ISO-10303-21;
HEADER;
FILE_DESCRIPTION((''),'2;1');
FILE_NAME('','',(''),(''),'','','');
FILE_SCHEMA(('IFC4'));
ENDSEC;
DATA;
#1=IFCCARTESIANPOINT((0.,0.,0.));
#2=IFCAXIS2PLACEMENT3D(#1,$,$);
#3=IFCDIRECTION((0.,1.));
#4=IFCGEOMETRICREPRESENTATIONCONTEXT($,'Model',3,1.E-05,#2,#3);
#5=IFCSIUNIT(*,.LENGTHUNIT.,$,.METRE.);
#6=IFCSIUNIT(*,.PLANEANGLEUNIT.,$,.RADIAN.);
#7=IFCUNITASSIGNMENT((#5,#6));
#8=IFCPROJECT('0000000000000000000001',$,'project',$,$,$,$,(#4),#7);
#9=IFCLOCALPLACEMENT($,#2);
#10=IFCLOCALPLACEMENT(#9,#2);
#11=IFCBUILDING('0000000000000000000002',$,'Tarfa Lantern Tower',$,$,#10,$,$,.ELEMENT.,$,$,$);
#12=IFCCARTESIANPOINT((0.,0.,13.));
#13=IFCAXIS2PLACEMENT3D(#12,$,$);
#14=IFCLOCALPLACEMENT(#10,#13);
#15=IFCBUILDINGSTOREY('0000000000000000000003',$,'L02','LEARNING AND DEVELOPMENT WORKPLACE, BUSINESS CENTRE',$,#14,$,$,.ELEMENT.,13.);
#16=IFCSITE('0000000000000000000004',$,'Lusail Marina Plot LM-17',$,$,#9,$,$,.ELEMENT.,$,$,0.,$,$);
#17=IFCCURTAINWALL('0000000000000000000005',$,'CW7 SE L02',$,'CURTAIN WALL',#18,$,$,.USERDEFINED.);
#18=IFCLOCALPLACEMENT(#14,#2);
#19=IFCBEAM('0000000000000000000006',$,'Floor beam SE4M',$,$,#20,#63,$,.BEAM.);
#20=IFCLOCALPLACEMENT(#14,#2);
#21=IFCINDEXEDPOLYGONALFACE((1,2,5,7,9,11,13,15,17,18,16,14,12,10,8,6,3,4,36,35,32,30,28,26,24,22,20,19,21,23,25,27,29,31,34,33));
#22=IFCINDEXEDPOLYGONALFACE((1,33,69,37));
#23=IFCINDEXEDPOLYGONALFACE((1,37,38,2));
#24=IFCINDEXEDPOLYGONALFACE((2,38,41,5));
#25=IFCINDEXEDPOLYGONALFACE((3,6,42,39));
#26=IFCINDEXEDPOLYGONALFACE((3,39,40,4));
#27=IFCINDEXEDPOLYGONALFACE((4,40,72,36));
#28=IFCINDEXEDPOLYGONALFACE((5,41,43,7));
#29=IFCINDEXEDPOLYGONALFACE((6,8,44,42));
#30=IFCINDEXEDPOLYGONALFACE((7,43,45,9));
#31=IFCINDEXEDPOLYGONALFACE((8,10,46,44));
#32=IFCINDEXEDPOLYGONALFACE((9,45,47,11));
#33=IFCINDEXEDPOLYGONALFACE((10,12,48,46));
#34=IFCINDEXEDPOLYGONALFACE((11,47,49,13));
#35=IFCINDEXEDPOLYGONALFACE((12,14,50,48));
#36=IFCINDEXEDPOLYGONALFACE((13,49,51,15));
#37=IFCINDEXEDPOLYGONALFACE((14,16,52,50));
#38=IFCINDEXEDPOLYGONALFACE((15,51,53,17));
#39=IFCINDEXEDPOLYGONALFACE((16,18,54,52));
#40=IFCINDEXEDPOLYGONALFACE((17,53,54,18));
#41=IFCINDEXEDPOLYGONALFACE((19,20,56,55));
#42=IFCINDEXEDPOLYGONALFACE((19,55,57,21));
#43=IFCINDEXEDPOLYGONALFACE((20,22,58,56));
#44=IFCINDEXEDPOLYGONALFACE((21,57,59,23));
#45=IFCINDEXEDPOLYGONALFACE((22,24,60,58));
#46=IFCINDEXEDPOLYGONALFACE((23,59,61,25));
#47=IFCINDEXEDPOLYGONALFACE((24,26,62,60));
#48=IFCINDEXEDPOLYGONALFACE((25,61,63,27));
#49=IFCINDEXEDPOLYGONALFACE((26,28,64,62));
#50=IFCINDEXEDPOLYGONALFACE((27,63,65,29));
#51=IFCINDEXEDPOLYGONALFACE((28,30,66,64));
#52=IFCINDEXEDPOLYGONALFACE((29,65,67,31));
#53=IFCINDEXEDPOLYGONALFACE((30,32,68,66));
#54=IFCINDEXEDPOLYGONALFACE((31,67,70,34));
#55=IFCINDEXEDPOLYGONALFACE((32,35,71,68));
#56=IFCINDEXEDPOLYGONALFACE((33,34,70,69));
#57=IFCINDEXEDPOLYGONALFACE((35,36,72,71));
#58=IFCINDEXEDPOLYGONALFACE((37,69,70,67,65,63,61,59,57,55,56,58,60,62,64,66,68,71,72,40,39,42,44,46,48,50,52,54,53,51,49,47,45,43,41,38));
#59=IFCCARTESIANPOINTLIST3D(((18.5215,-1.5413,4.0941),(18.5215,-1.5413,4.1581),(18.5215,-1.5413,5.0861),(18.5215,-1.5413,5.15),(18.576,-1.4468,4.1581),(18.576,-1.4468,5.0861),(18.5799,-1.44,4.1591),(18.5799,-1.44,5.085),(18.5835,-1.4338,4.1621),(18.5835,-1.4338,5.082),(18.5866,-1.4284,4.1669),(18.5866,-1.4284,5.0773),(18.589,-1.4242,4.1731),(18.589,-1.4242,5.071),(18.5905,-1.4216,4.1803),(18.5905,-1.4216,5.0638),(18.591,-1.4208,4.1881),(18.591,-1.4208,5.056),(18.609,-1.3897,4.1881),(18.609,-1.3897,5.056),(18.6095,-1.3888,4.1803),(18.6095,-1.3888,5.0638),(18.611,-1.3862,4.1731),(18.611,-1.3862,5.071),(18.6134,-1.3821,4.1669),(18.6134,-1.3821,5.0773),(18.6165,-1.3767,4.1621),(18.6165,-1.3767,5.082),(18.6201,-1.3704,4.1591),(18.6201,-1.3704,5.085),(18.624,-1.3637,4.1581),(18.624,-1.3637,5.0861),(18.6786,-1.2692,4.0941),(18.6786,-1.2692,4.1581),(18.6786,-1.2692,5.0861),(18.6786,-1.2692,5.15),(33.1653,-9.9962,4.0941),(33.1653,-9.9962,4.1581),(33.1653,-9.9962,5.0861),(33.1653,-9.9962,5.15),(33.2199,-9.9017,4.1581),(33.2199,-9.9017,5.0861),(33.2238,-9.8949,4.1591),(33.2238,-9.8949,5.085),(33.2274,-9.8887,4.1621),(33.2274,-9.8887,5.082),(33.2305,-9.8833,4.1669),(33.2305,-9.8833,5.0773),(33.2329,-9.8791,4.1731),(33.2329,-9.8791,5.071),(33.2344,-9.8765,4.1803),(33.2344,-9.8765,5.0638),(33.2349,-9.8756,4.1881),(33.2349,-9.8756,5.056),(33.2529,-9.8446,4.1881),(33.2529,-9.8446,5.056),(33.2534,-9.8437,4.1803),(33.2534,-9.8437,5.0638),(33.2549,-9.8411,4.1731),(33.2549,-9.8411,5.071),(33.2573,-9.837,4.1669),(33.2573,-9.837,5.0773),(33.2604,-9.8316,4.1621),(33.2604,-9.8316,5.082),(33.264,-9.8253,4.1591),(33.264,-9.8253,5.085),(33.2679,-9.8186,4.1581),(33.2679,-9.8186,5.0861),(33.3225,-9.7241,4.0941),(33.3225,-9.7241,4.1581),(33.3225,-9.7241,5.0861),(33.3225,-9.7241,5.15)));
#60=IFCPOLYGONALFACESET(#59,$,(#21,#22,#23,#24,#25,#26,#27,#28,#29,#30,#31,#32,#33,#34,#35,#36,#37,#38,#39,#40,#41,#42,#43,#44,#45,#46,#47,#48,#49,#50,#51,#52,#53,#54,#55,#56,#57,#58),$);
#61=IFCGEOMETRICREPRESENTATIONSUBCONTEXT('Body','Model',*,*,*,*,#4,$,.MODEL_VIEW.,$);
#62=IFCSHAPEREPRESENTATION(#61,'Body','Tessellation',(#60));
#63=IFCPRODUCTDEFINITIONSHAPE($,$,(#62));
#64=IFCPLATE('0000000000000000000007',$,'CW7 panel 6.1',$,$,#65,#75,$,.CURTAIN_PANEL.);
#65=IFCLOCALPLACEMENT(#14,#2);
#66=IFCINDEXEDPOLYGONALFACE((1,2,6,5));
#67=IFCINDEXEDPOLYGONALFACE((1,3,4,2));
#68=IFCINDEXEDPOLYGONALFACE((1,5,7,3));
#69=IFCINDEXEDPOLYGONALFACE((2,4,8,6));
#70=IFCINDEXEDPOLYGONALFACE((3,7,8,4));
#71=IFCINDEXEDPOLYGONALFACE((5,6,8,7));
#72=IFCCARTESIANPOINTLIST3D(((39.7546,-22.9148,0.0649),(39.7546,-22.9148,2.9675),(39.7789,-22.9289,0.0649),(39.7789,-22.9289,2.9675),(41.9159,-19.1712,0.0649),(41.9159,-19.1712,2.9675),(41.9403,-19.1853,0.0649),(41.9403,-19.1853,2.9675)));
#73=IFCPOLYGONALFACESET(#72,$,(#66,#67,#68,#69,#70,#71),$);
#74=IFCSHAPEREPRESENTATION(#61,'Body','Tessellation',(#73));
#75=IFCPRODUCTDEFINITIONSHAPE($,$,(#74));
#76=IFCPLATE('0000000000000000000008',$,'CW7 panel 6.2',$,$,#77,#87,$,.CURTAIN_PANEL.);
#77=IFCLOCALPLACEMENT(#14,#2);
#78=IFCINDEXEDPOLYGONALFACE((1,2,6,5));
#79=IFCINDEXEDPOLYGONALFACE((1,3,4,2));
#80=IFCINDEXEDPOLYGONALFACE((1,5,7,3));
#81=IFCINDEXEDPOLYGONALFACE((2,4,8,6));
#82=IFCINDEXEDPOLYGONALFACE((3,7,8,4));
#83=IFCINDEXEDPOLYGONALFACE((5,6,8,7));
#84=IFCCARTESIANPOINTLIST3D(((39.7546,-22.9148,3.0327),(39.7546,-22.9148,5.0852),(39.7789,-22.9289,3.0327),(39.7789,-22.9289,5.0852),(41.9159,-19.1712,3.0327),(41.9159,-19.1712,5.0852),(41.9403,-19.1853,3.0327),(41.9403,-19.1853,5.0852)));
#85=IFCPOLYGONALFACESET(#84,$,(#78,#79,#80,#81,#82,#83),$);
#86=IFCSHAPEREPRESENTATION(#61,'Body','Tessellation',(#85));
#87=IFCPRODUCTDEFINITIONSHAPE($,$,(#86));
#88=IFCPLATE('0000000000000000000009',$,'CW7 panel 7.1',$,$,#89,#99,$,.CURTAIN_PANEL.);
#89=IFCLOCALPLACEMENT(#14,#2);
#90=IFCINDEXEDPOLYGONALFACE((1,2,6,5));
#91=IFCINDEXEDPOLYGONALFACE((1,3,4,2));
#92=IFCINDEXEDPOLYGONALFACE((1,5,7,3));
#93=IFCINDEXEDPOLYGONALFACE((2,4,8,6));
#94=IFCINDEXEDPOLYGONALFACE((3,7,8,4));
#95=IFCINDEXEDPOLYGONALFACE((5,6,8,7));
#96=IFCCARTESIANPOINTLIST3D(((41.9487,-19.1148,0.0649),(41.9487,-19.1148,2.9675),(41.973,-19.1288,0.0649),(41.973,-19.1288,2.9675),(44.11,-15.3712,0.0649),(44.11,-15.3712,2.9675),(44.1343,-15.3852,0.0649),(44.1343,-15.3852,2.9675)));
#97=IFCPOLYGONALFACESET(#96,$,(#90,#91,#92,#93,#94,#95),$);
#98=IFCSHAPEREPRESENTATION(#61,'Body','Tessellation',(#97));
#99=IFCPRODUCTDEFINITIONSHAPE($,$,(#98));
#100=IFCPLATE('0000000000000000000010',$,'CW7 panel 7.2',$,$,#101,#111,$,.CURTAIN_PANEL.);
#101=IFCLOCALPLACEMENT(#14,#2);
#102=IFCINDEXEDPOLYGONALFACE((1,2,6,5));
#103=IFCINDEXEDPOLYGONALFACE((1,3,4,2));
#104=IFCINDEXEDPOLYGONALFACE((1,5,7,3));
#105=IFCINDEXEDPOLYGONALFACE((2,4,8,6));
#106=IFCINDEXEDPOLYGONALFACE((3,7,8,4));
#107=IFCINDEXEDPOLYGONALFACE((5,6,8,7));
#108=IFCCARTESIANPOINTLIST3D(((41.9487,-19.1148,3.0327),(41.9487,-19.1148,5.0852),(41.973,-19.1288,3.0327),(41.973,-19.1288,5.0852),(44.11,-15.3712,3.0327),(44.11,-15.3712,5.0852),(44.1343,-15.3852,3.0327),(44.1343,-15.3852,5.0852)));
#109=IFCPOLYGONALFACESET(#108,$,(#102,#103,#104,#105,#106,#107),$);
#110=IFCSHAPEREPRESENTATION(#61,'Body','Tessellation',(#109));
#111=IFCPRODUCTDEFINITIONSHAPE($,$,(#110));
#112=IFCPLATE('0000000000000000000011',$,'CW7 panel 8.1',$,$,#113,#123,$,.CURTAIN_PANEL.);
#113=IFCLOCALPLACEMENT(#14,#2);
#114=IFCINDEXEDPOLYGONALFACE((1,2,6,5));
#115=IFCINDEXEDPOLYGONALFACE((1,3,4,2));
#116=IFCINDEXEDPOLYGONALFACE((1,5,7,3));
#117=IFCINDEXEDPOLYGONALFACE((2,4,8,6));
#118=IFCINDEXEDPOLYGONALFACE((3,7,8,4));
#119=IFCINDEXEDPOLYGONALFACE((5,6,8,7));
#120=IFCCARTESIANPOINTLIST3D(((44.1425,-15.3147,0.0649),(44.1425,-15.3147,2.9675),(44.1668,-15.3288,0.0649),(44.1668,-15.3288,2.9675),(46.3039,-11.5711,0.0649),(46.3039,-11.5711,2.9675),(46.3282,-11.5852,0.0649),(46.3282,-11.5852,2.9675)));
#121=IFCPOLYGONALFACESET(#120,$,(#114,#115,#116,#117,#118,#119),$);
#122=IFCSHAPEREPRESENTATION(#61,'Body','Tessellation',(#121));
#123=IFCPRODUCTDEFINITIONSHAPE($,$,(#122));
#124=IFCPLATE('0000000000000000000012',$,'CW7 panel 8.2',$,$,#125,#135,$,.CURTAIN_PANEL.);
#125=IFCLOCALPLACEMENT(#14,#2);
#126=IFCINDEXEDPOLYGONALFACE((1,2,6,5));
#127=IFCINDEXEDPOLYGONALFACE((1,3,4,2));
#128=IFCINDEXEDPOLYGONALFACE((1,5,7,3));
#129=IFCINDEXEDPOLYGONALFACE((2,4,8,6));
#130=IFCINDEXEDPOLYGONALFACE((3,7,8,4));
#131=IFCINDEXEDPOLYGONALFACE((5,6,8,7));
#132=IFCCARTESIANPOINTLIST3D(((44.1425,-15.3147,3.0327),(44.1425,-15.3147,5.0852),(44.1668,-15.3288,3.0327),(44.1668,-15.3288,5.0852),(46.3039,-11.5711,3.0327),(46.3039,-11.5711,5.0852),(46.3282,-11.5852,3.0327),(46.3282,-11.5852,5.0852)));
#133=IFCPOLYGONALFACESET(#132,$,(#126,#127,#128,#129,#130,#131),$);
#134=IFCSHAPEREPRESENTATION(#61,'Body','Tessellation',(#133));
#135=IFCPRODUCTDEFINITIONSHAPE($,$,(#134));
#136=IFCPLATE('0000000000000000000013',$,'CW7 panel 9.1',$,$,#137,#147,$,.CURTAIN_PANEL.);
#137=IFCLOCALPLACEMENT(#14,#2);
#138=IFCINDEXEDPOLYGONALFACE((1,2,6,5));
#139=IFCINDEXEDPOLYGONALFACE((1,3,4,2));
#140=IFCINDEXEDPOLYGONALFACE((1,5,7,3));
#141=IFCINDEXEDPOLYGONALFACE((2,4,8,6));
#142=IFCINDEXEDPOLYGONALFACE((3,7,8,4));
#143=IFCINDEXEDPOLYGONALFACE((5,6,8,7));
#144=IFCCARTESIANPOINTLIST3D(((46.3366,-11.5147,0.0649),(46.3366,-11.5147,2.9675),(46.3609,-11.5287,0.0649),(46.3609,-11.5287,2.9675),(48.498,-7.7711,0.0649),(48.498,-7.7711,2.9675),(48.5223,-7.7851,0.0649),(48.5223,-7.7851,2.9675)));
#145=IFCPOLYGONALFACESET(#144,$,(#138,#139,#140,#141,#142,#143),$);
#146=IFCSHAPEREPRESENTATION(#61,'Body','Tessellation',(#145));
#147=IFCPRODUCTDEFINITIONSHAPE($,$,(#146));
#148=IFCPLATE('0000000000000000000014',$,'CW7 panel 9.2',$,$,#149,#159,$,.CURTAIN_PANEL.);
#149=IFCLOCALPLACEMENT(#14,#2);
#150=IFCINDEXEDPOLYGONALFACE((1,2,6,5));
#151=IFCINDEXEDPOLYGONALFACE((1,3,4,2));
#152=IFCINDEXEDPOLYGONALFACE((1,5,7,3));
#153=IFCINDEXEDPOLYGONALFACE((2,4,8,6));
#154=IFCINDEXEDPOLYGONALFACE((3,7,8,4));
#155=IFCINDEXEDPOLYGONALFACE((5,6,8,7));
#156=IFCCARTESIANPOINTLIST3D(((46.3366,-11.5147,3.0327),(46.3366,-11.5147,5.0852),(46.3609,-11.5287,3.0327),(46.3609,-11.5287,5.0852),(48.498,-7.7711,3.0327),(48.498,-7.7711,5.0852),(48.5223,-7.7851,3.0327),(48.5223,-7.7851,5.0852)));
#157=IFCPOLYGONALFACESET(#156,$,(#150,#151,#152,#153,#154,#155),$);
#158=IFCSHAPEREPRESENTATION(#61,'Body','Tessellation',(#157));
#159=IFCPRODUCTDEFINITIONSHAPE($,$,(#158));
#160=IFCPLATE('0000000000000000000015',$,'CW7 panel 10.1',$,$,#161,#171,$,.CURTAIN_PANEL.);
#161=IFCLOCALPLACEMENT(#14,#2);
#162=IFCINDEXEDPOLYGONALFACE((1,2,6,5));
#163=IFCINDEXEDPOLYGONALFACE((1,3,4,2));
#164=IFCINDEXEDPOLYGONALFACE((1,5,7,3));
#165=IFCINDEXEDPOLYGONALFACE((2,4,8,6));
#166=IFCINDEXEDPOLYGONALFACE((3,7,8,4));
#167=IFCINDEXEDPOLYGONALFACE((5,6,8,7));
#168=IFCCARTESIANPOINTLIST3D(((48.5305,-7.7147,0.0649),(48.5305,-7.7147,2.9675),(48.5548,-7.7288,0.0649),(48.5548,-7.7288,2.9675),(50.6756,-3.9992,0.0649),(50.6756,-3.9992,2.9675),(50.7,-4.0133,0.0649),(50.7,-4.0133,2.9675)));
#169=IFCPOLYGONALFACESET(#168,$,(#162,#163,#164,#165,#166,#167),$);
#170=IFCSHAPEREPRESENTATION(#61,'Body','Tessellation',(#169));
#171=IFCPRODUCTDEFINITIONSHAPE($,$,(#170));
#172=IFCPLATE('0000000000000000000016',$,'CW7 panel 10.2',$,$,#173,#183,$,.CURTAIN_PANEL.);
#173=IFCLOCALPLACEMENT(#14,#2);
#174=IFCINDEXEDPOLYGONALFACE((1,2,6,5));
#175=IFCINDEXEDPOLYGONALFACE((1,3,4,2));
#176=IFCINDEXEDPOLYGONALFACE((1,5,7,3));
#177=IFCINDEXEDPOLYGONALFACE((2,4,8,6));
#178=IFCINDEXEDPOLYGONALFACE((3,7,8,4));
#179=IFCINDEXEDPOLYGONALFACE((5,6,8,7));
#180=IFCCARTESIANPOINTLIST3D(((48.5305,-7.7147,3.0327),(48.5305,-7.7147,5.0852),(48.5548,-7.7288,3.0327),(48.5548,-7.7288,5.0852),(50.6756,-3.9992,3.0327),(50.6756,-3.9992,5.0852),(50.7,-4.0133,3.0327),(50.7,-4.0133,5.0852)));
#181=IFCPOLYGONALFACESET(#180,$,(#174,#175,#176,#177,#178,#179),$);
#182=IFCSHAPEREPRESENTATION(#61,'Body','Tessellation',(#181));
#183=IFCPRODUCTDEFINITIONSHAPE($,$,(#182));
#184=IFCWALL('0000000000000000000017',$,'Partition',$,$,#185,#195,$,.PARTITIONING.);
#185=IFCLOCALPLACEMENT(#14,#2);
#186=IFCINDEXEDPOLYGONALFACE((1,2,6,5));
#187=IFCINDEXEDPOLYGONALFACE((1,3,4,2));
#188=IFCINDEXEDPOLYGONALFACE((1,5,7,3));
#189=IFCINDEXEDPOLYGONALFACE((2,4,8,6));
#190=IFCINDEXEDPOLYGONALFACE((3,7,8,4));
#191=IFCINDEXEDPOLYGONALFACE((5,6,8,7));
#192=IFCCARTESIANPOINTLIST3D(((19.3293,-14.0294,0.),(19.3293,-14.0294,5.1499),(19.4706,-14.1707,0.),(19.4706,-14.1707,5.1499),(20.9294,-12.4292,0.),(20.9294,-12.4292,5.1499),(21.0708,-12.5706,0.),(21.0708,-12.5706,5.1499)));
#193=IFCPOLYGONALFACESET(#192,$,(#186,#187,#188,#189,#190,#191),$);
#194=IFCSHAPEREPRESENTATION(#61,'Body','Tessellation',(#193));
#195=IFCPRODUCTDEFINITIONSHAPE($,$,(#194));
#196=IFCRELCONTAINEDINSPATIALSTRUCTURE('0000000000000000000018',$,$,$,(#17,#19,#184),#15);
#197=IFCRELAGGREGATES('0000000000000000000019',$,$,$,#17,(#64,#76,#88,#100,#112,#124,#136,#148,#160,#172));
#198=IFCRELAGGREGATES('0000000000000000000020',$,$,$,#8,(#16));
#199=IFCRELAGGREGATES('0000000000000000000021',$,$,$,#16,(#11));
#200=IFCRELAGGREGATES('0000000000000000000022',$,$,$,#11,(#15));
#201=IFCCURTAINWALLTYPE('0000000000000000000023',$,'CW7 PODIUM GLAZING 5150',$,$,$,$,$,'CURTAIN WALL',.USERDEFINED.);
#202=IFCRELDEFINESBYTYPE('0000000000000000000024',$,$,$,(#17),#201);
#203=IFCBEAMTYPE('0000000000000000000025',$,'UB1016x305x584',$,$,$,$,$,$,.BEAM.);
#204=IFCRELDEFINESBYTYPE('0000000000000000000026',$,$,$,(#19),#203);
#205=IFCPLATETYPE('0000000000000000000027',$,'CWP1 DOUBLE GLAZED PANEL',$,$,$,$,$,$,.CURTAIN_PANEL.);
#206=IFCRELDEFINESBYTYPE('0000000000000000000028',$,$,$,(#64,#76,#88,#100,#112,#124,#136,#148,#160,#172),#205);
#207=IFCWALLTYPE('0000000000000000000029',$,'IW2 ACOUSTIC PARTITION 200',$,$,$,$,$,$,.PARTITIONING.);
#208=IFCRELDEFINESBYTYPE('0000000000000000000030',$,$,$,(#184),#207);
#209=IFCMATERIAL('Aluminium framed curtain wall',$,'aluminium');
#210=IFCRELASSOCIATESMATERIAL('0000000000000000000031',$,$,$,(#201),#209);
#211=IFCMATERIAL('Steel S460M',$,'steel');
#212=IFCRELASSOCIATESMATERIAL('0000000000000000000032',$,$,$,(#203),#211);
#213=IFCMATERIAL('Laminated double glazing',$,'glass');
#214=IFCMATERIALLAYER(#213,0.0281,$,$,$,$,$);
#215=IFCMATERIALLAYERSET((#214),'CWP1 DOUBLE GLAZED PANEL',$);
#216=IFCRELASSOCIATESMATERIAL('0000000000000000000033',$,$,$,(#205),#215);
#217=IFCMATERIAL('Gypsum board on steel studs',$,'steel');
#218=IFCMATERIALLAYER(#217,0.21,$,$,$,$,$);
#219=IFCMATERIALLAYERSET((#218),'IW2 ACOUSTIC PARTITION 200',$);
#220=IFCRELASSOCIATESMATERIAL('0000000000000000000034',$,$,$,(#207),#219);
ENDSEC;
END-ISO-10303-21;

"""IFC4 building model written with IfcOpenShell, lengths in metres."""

from ifc_helpers import new_model, si_unit, direction, frame, frame_2d, origin, origin_2d, place, context, subcontext, project, spatial, rectangle, i_section, extrude, material, layer, layer_set, material_profile, profile_set, type_object, element, aggregate, save


model = new_model("IFC4")

# Units and contexts
model_context = context("Model", 3, precision=1e-05, world=origin(), true_north=direction((0.0, 1.0)))
body_context = subcontext(model_context, "Body", "Model", "MODEL_VIEW")
ifc_project = project(units=[si_unit("LENGTHUNIT", "METRE"), si_unit("PLANEANGLEUNIT", "RADIAN")], contexts=[model_context])

# Site, building, storey
site_placement = place(None, origin())
site = spatial("IfcSite", under=ifc_project, at=site_placement, Name="Lusail Marina Plot LM-17", CompositionType="ELEMENT", RefElevation=0.0)
building_placement = place(site_placement, origin())
building = spatial("IfcBuilding", under=site, at=building_placement, Name="Tarfa Lantern Tower", CompositionType="ELEMENT")
storey_placement = place(building_placement, frame((0.0, 0.0, 13.0)))
storey = spatial("IfcBuildingStorey", under=building, at=storey_placement, Name="L02", Description="LEARNING AND DEVELOPMENT WORKPLACE, BUSINESS CENTRE", CompositionType="ELEMENT", Elevation=13.0)

# Curtain wall
ifc_material_1 = material(Name="Aluminium framed curtain wall", Category="aluminium")
curtain_wall_type = type_object("IfcCurtainWallType", Name="CW7 PODIUM GLAZING 5150", ElementType="CURTAIN WALL", PredefinedType="USERDEFINED", material=ifc_material_1)
curtain_wall_placement = place(storey_placement, origin())
curtain_wall = element("IfcCurtainWall", 1, at=curtain_wall_placement, inside=storey, type_object=curtain_wall_type, Name="CW7 SE L02", ObjectType="CURTAIN WALL", PredefinedType="USERDEFINED")

# Beam
ifc_material_2 = material(Name="Steel S460M", Category="steel")
ifc_material_profile_1 = material_profile(ifc_material_2, i_section(OverallWidth=0.3142, OverallDepth=1.0559, WebThickness=0.0359, FlangeThickness=0.064, FilletRadius=0.03, at=origin_2d()), Name="UB1016x305x584")
ifc_profile_set_1 = profile_set([ifc_material_profile_1], Name="Steel S460M")
beam_type_1 = type_object("IfcBeamType", Name="UB1016x305x584", PredefinedType="BEAM", material=ifc_profile_set_1)
beam_1_placement = place(storey_placement, frame((33.2439, -9.8601, 4.6221), z_axis=(-0.866019, 0.50001, 0.0), x_axis=(-0.50001, -0.866019, 0.0)))
element("IfcBeam", 2, at=beam_1_placement, inside=storey, type_object=beam_type_1, Name="Floor beam SE4M", PredefinedType="BEAM", context=body_context, shape_type="SweptSolid", body=[
    extrude(i_section(OverallWidth=0.3142, OverallDepth=1.0559, WebThickness=0.0359, FlangeThickness=0.064, FilletRadius=0.03, at=origin_2d()), origin(), (0.0, 0.0, 1.0), 16.9094),
])

# Plates
ifc_material_3 = material(Name="Laminated double glazing", Category="glass")
ifc_layer_1 = layer(ifc_material_3, 0.0281)
ifc_layer_set_1 = layer_set([ifc_layer_1], Name="CWP1 DOUBLE GLAZED PANEL")
plate_type = type_object("IfcPlateType", Name="CWP1 DOUBLE GLAZED PANEL", PredefinedType="CURTAIN_PANEL", material=ifc_layer_set_1)
plate_1_placement = place(storey_placement, frame((40.8474, -21.05, 0.0649), z_axis=(0.0, 0.0, 1.0), x_axis=(0.5, 0.866025, 0.0)))
plate_1 = element("IfcPlate", 3, at=plate_1_placement, type_object=plate_type, Name="CW7 panel 6.1", PredefinedType="CURTAIN_PANEL", context=body_context, shape_type="SweptSolid", body=[
    extrude(rectangle(XDim=4.3228, YDim=0.0281, at=origin_2d()), origin(), (0.0, 0.0, 1.0), 2.9026),
])
plate_2_placement = place(storey_placement, frame((40.8474, -21.05, 3.0327), z_axis=(0.0, 0.0, 1.0), x_axis=(0.5, 0.866025, 0.0)))
plate_2 = element("IfcPlate", 4, at=plate_2_placement, type_object=plate_type, Name="CW7 panel 6.2", PredefinedType="CURTAIN_PANEL", context=body_context, shape_type="SweptSolid", body=[
    extrude(rectangle(XDim=4.3228, YDim=0.0281, at=origin_2d()), origin(), (0.0, 0.0, 1.0), 2.0525),
])
plate_3_placement = place(storey_placement, frame((43.0415, -17.25, 0.0649), z_axis=(0.0, 0.0, 1.0), x_axis=(0.5, 0.866025, 0.0)))
plate_3 = element("IfcPlate", 5, at=plate_3_placement, type_object=plate_type, Name="CW7 panel 7.1", PredefinedType="CURTAIN_PANEL", context=body_context, shape_type="SweptSolid", body=[
    extrude(rectangle(XDim=4.3228, YDim=0.0281, at=origin_2d()), origin(), (0.0, 0.0, 1.0), 2.9026),
])
plate_4_placement = place(storey_placement, frame((43.0415, -17.25, 3.0327), z_axis=(0.0, 0.0, 1.0), x_axis=(0.5, 0.866025, 0.0)))
plate_4 = element("IfcPlate", 6, at=plate_4_placement, type_object=plate_type, Name="CW7 panel 7.2", PredefinedType="CURTAIN_PANEL", context=body_context, shape_type="SweptSolid", body=[
    extrude(rectangle(XDim=4.3228, YDim=0.0281, at=origin_2d()), origin(), (0.0, 0.0, 1.0), 2.0525),
])
plate_5_placement = place(storey_placement, frame((45.2354, -13.45, 0.0649), z_axis=(0.0, 0.0, 1.0), x_axis=(0.5, 0.866025, 0.0)))
plate_5 = element("IfcPlate", 7, at=plate_5_placement, type_object=plate_type, Name="CW7 panel 8.1", PredefinedType="CURTAIN_PANEL", context=body_context, shape_type="SweptSolid", body=[
    extrude(rectangle(XDim=4.3228, YDim=0.0281, at=origin_2d()), origin(), (0.0, 0.0, 1.0), 2.9026),
])
plate_6_placement = place(storey_placement, frame((45.2354, -13.45, 3.0327), z_axis=(0.0, 0.0, 1.0), x_axis=(0.5, 0.866025, 0.0)))
plate_6 = element("IfcPlate", 8, at=plate_6_placement, type_object=plate_type, Name="CW7 panel 8.2", PredefinedType="CURTAIN_PANEL", context=body_context, shape_type="SweptSolid", body=[
    extrude(rectangle(XDim=4.3228, YDim=0.0281, at=origin_2d()), origin(), (0.0, 0.0, 1.0), 2.0525),
])
plate_7_placement = place(storey_placement, frame((47.4294, -9.6499, 0.0649), z_axis=(0.0, 0.0, 1.0), x_axis=(0.5, 0.866025, 0.0)))
plate_7 = element("IfcPlate", 9, at=plate_7_placement, type_object=plate_type, Name="CW7 panel 9.1", PredefinedType="CURTAIN_PANEL", context=body_context, shape_type="SweptSolid", body=[
    extrude(rectangle(XDim=4.3228, YDim=0.0281, at=origin_2d()), origin(), (0.0, 0.0, 1.0), 2.9026),
])
plate_8_placement = place(storey_placement, frame((47.4294, -9.6499, 3.0327), z_axis=(0.0, 0.0, 1.0), x_axis=(0.5, 0.866025, 0.0)))
plate_8 = element("IfcPlate", 10, at=plate_8_placement, type_object=plate_type, Name="CW7 panel 9.2", PredefinedType="CURTAIN_PANEL", context=body_context, shape_type="SweptSolid", body=[
    extrude(rectangle(XDim=4.3228, YDim=0.0281, at=origin_2d()), origin(), (0.0, 0.0, 1.0), 2.0525),
])
plate_9_placement = place(storey_placement, frame((49.6152, -5.864, 0.0649), z_axis=(0.0, 0.0, 1.0), x_axis=(0.5, 0.866025, 0.0)))
plate_9 = element("IfcPlate", 11, at=plate_9_placement, type_object=plate_type, Name="CW7 panel 10.1", PredefinedType="CURTAIN_PANEL", context=body_context, shape_type="SweptSolid", body=[
    extrude(rectangle(XDim=4.2903, YDim=0.0281, at=origin_2d()), origin(), (0.0, 0.0, 1.0), 2.9026),
])
plate_10_placement = place(storey_placement, frame((49.6152, -5.864, 3.0327), z_axis=(0.0, 0.0, 1.0), x_axis=(0.5, 0.866025, 0.0)))
plate_10 = element("IfcPlate", 12, at=plate_10_placement, type_object=plate_type, Name="CW7 panel 10.2", PredefinedType="CURTAIN_PANEL", context=body_context, shape_type="SweptSolid", body=[
    extrude(rectangle(XDim=4.2903, YDim=0.0281, at=origin_2d()), origin(), (0.0, 0.0, 1.0), 2.0525),
])
aggregate(curtain_wall, [plate_1, plate_2, plate_3, plate_4, plate_5, plate_6, plate_7, plate_8, plate_9, plate_10])

# Wall
ifc_material_4 = material(Name="Gypsum board on steel studs", Category="steel")
ifc_layer_2 = layer(ifc_material_4, 0.21)
ifc_layer_set_2 = layer_set([ifc_layer_2], Name="IW2 ACOUSTIC PARTITION 200")
wall_type = type_object("IfcWallType", Name="IW2 ACOUSTIC PARTITION 200", PredefinedType="PARTITIONING", material=ifc_layer_set_2)
wall_placement = place(storey_placement, frame((21.0, -12.5, 0.0), z_axis=(0.0, 0.0, 1.0), x_axis=(-0.707107, -0.707107, 0.0)))
element("IfcWall", 13, at=wall_placement, inside=storey, type_object=wall_type, Name="Partition", PredefinedType="PARTITIONING", context=body_context, shape_type="SweptSolid", body=[
    extrude(rectangle(XDim=2.2629, YDim=0.2, at=frame_2d((1.1313, 0.0))), origin(), (0.0, 0.0, 1.0), 5.1499),
])

save(model, "model.ifc")
